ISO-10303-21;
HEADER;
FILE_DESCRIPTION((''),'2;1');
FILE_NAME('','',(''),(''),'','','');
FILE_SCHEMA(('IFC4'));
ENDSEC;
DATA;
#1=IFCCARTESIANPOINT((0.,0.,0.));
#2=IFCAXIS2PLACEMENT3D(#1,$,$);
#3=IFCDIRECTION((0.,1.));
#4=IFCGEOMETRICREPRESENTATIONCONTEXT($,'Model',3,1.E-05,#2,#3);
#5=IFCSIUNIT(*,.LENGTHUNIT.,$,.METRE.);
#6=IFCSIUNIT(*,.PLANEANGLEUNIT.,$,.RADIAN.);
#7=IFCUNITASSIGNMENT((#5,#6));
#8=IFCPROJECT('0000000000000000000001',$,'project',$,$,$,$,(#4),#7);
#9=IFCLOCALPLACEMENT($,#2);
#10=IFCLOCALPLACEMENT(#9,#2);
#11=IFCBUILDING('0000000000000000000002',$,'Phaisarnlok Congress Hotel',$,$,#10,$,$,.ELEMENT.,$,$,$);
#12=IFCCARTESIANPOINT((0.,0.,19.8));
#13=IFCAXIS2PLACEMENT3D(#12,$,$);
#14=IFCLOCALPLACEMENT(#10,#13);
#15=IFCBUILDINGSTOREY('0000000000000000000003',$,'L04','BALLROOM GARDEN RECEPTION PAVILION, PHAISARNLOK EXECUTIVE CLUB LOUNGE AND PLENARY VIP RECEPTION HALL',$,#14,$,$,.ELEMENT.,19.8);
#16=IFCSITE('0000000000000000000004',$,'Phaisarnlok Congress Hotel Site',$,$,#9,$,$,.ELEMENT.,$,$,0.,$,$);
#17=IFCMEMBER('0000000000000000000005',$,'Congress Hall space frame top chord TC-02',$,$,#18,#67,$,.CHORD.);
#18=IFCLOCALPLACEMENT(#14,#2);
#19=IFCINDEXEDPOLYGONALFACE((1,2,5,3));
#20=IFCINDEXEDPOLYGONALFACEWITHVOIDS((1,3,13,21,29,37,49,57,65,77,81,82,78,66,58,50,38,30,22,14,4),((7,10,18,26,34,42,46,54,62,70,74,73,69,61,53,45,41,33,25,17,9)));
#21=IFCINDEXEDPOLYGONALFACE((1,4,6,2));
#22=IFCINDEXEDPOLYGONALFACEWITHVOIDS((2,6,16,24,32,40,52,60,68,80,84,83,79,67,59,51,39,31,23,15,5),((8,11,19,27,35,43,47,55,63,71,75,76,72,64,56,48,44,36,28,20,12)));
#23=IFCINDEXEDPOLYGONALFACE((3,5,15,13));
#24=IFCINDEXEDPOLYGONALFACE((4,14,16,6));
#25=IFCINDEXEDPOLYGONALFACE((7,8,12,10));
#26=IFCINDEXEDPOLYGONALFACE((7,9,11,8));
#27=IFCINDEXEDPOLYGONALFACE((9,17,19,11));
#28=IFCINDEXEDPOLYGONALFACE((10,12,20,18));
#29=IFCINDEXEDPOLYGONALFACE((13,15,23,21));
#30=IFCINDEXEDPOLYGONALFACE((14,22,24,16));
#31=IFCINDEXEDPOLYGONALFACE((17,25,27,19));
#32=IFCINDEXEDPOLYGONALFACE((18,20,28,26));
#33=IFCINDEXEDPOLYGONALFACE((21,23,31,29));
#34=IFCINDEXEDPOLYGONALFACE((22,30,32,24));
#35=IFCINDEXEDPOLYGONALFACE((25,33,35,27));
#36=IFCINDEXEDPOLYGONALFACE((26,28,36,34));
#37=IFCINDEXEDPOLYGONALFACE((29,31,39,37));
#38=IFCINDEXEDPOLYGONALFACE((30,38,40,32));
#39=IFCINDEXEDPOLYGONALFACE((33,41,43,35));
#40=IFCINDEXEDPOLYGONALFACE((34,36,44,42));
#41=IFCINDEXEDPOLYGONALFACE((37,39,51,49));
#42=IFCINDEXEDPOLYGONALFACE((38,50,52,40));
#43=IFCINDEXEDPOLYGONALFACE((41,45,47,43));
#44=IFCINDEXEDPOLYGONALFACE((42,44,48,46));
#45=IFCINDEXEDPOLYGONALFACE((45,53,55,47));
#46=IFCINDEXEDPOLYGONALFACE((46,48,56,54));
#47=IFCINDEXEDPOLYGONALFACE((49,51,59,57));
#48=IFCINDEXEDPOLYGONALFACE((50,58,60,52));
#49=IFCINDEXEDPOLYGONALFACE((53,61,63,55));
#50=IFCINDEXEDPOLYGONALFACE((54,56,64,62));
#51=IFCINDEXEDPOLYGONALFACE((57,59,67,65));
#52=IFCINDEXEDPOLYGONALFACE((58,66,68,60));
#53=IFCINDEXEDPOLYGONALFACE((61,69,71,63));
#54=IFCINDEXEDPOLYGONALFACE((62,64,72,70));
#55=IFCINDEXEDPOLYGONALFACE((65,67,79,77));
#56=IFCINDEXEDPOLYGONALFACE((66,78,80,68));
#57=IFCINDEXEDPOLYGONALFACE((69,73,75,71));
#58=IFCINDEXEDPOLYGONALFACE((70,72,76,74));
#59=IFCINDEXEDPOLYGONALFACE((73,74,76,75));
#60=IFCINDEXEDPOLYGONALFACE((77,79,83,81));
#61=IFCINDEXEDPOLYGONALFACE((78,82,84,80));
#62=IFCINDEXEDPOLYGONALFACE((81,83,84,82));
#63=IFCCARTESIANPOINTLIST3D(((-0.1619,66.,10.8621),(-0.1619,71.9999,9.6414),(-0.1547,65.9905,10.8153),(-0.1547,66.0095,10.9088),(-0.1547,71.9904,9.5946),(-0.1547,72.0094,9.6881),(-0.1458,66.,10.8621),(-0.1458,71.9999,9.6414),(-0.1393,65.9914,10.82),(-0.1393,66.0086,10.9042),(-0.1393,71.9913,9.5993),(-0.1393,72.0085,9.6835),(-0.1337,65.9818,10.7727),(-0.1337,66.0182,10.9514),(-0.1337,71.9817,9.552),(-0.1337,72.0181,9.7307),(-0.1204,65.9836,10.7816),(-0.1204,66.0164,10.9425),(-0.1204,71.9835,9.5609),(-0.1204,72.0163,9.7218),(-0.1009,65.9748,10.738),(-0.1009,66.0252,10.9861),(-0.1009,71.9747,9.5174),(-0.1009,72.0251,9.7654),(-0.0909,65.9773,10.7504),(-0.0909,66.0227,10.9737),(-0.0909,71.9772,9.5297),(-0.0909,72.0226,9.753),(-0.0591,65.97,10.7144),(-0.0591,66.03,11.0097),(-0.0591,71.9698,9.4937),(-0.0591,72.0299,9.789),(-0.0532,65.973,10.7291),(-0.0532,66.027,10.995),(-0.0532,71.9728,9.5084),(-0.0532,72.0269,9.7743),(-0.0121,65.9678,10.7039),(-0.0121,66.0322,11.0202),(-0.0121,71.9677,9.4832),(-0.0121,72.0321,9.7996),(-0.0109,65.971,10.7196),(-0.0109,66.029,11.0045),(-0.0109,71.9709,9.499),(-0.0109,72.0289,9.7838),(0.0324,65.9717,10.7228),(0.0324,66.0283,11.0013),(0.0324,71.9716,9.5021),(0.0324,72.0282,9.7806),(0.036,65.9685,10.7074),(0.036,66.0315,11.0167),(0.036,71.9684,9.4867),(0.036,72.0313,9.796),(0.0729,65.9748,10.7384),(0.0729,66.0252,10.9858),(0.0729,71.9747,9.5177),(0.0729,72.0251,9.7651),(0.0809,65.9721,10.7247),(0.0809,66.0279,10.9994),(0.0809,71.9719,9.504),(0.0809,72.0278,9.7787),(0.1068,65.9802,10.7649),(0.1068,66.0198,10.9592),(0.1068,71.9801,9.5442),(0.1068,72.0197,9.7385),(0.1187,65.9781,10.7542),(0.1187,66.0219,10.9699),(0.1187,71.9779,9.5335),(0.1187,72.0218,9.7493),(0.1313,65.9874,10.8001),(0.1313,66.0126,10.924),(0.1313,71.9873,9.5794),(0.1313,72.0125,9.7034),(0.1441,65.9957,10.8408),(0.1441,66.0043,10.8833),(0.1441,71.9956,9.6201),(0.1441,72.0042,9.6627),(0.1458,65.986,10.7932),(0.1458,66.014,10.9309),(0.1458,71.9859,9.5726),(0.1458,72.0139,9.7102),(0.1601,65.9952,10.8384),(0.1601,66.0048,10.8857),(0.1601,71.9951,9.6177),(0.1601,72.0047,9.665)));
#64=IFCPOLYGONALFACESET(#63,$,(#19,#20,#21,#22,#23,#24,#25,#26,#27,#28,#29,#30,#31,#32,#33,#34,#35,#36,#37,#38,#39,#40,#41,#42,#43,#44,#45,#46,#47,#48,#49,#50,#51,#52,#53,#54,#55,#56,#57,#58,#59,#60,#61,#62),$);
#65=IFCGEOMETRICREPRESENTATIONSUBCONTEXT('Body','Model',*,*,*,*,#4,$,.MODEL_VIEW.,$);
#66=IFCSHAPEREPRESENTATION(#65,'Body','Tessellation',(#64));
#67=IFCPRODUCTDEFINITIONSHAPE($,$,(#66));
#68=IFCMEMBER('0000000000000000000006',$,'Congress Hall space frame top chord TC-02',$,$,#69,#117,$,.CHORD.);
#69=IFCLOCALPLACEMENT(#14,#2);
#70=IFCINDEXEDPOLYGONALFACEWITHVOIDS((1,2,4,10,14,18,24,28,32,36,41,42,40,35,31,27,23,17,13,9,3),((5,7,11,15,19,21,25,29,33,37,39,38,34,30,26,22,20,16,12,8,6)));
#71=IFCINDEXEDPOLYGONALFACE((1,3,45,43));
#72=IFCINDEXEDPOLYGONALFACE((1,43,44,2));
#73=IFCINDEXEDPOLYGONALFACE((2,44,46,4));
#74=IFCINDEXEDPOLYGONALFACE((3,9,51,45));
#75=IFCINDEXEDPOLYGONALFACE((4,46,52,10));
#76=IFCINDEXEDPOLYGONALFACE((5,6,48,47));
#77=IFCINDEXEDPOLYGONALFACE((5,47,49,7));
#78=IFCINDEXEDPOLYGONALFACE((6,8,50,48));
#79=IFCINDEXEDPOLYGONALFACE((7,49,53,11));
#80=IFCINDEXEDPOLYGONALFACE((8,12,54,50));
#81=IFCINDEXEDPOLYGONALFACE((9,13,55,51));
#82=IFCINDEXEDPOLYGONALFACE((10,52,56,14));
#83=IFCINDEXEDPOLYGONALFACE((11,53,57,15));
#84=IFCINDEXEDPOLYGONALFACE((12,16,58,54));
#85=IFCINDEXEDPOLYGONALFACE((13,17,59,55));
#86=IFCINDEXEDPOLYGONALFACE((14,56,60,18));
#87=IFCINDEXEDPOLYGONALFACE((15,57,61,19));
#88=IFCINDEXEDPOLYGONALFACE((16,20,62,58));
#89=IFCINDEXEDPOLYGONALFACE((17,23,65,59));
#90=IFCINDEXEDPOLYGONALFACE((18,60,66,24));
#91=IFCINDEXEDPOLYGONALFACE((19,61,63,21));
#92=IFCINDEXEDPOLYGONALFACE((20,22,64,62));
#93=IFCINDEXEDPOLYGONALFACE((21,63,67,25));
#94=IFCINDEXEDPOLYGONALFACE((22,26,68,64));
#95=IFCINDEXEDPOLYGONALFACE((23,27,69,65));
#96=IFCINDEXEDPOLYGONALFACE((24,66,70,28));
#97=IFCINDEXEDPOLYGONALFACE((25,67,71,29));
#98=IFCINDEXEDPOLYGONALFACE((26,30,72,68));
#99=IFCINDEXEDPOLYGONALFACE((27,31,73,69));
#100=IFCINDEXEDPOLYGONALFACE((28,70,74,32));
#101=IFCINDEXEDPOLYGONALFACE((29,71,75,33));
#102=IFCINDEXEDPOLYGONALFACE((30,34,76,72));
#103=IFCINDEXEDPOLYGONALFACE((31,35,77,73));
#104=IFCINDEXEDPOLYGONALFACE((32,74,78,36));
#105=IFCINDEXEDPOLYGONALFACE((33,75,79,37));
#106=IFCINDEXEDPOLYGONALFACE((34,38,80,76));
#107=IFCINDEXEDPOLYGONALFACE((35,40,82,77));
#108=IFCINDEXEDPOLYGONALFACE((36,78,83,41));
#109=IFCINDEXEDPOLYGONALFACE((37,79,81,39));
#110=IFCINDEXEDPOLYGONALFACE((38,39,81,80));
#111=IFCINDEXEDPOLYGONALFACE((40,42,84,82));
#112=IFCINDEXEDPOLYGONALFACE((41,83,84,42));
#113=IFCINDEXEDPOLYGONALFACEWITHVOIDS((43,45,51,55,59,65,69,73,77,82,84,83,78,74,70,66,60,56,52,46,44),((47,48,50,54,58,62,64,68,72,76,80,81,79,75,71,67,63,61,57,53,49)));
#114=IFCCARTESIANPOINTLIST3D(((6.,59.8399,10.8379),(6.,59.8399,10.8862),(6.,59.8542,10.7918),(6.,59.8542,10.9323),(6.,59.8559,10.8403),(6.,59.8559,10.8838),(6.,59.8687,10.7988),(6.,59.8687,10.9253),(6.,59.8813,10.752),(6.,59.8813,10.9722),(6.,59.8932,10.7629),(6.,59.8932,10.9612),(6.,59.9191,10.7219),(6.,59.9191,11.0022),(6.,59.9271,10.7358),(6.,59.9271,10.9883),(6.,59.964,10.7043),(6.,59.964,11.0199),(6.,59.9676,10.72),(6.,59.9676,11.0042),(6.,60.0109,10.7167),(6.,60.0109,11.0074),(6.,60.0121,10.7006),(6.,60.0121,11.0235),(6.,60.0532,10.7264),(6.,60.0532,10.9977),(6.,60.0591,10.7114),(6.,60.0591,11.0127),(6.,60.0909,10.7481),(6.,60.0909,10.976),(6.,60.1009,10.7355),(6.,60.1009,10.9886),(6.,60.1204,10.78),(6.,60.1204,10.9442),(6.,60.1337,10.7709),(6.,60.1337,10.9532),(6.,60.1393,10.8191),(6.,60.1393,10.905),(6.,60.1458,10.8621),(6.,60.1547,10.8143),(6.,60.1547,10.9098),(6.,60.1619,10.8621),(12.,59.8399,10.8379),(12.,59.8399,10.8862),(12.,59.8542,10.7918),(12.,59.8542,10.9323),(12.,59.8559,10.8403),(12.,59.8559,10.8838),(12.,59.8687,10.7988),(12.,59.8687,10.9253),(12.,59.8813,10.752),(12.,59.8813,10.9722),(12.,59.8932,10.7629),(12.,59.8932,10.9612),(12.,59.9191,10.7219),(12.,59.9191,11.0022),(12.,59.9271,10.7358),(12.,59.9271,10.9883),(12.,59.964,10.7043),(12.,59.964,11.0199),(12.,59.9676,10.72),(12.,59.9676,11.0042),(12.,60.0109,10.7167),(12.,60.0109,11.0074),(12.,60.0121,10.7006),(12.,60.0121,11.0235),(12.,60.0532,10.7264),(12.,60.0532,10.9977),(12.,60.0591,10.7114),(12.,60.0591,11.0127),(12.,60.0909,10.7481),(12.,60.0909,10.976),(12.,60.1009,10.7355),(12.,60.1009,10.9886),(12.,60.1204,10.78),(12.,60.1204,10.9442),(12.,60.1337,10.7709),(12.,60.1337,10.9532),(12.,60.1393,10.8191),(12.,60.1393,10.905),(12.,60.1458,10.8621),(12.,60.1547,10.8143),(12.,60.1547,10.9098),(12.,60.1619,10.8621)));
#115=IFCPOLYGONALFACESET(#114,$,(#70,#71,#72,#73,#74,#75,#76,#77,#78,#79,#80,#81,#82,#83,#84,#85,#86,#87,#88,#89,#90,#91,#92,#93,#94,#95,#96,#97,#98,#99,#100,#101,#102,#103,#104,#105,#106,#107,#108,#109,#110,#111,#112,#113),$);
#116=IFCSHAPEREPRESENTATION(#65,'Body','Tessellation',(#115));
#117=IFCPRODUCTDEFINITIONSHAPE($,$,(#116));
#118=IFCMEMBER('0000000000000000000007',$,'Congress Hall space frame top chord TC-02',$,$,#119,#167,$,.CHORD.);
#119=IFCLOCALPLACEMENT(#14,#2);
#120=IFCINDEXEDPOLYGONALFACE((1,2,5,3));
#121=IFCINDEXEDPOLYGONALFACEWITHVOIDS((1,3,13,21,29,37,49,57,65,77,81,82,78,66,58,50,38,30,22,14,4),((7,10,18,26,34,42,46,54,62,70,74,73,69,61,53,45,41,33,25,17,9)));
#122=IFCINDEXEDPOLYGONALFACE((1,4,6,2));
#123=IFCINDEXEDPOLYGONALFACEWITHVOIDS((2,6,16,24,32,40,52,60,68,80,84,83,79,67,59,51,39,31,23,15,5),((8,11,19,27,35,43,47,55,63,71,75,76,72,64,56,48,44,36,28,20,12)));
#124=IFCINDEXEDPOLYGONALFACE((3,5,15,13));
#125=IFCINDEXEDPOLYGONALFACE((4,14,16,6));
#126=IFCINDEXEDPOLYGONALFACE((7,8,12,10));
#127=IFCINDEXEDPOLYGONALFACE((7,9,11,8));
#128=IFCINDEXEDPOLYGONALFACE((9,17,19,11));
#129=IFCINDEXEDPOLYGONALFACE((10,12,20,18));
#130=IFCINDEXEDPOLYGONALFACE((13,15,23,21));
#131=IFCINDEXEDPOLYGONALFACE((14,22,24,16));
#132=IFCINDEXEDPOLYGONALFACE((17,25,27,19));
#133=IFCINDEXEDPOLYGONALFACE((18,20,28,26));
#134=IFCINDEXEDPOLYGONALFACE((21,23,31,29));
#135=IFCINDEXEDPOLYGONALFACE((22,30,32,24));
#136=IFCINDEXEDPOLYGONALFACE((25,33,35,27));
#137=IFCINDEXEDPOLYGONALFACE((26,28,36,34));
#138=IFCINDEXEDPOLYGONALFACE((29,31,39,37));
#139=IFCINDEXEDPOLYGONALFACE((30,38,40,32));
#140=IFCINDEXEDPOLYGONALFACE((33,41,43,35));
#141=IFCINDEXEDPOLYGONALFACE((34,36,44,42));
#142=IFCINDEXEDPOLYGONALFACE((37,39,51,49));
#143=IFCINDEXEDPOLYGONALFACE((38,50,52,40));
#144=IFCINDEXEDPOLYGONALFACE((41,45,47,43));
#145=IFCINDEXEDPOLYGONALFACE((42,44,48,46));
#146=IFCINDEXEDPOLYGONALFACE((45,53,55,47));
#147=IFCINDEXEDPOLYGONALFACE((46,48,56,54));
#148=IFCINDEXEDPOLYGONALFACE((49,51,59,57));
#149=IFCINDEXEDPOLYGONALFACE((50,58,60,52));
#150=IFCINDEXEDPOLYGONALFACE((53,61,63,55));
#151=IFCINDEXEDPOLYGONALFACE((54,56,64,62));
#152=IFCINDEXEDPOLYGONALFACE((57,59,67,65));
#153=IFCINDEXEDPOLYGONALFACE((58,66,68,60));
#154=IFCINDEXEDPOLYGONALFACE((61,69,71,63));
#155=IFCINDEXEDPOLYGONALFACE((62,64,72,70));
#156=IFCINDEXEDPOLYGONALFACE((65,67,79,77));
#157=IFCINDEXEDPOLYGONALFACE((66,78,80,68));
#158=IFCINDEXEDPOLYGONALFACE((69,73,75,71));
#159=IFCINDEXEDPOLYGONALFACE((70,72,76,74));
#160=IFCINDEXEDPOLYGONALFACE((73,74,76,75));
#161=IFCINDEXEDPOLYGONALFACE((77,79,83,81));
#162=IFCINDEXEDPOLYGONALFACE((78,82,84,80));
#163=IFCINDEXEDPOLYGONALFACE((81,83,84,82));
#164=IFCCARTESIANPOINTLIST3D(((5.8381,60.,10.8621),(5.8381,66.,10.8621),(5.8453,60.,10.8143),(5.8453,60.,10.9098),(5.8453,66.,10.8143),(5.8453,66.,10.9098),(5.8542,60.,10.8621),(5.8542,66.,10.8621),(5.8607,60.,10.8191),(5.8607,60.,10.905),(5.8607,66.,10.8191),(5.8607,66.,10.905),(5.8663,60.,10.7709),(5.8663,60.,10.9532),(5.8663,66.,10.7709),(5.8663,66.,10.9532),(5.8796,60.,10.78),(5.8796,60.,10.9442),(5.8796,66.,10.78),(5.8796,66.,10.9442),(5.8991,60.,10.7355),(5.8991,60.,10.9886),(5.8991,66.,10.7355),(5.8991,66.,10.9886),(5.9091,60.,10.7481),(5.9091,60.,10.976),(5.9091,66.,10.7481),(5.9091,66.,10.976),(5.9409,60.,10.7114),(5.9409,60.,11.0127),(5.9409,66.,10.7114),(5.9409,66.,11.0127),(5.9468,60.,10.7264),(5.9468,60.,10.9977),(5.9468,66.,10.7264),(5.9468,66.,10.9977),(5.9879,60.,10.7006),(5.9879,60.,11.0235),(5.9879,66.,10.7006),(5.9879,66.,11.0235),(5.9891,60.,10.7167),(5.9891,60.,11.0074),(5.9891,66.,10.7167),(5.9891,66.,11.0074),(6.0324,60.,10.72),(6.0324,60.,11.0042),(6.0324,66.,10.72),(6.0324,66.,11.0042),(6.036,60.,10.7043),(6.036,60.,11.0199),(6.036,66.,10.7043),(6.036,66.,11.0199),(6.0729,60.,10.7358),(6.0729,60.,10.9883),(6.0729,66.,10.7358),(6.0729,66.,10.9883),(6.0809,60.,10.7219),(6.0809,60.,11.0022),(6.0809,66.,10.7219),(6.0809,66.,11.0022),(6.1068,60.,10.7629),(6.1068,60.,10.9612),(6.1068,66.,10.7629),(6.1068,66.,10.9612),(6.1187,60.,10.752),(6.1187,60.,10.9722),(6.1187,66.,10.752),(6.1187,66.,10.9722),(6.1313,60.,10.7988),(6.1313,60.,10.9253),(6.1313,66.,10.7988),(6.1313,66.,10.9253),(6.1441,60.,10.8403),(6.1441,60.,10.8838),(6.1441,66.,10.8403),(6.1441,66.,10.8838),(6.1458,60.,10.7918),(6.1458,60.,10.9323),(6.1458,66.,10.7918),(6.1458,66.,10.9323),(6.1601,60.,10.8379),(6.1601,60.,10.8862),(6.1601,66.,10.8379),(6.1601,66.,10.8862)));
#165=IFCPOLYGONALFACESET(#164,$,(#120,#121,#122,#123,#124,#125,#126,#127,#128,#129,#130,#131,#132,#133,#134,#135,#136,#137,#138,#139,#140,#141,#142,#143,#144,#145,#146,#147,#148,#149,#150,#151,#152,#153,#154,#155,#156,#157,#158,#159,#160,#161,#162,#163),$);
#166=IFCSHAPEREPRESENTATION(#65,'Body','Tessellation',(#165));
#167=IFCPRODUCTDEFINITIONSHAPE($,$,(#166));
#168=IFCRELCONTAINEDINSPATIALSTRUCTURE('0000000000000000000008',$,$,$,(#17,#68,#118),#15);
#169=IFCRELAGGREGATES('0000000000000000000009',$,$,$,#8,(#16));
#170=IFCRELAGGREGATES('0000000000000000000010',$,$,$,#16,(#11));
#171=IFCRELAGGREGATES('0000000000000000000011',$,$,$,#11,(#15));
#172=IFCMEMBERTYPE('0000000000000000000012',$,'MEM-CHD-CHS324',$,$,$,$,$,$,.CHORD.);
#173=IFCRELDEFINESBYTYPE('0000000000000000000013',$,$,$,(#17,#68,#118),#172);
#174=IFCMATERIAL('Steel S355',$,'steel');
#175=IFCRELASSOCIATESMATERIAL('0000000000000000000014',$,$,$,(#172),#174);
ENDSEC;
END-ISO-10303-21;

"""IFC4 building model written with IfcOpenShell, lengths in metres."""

from ifc_helpers import new_model, si_unit, direction, frame, origin, origin_2d, place, context, subcontext, project, spatial, hollow_circle, extrude, material, material_profile, profile_set, type_object, element, save


model = new_model("IFC4")

# Units and contexts
model_context = context("Model", 3, precision=1e-05, world=origin(), true_north=direction((0.0, 1.0)))
body_context = subcontext(model_context, "Body", "Model", "MODEL_VIEW")
ifc_project = project(units=[si_unit("LENGTHUNIT", "METRE"), si_unit("PLANEANGLEUNIT", "RADIAN")], contexts=[model_context])

# Site, building, storey
site_placement = place(None, origin())
site = spatial("IfcSite", under=ifc_project, at=site_placement, Name="Phaisarnlok Congress Hotel Site", CompositionType="ELEMENT", RefElevation=0.0)
building_placement = place(site_placement, origin())
building = spatial("IfcBuilding", under=site, at=building_placement, Name="Phaisarnlok Congress Hotel", CompositionType="ELEMENT")
storey_placement = place(building_placement, frame((0.0, 0.0, 19.8)))
storey = spatial("IfcBuildingStorey", under=building, at=storey_placement, Name="L04", Description="BALLROOM GARDEN RECEPTION PAVILION, PHAISARNLOK EXECUTIVE CLUB LOUNGE AND PLENARY VIP RECEPTION HALL", CompositionType="ELEMENT", Elevation=19.8)

# Members
ifc_material = material(Name="Steel S355", Category="steel")
ifc_material_profile_1 = material_profile(ifc_material, hollow_circle(Radius=0.1619, WallThickness=0.0161, at=origin_2d()), Name="CHS 323.9x16")
ifc_profile_set_1 = profile_set([ifc_material_profile_1], Name="Steel S355")
member_type_1 = type_object("IfcMemberType", Name="MEM-CHD-CHS324", PredefinedType="CHORD", material=ifc_profile_set_1)
member_1_placement = place(storey_placement, frame((0.0, 66.0, 10.8621), z_axis=(0.0, 0.979925, -0.199366), x_axis=(-1.0, 0.0, 0.0)))
element("IfcMember", 1, at=member_1_placement, inside=storey, type_object=member_type_1, Name="Congress Hall space frame top chord TC-02", PredefinedType="CHORD", context=body_context, shape_type="SweptSolid", body=[
    extrude(hollow_circle(Radius=0.1619, WallThickness=0.0161, at=origin_2d()), origin(), (0.0, 0.0, 1.0), 6.1228),
])
for number, where, z_axis, x_axis, name in (
    (2, (6.0, 60.0, 10.8621), (1.0, 0.0, 0.0), (0.0, 1.0, 0.0), "Congress Hall space frame top chord TC-02"),
    (3, (6.0, 60.0, 10.8621), (0.0, 1.0, 0.0), (-1.0, 0.0, 0.0), "Congress Hall space frame top chord TC-02"),
):
    element("IfcMember", number, at=place(storey_placement, frame(where, z_axis=z_axis, x_axis=x_axis)), inside=storey, type_object=member_type_1, Name=name, PredefinedType="CHORD", context=body_context, shape_type="SweptSolid", body=[
        extrude(hollow_circle(Radius=0.1619, WallThickness=0.0161, at=origin_2d()), origin(), (0.0, 0.0, 1.0), 6.0),
    ])

save(model, "model.ifc")
